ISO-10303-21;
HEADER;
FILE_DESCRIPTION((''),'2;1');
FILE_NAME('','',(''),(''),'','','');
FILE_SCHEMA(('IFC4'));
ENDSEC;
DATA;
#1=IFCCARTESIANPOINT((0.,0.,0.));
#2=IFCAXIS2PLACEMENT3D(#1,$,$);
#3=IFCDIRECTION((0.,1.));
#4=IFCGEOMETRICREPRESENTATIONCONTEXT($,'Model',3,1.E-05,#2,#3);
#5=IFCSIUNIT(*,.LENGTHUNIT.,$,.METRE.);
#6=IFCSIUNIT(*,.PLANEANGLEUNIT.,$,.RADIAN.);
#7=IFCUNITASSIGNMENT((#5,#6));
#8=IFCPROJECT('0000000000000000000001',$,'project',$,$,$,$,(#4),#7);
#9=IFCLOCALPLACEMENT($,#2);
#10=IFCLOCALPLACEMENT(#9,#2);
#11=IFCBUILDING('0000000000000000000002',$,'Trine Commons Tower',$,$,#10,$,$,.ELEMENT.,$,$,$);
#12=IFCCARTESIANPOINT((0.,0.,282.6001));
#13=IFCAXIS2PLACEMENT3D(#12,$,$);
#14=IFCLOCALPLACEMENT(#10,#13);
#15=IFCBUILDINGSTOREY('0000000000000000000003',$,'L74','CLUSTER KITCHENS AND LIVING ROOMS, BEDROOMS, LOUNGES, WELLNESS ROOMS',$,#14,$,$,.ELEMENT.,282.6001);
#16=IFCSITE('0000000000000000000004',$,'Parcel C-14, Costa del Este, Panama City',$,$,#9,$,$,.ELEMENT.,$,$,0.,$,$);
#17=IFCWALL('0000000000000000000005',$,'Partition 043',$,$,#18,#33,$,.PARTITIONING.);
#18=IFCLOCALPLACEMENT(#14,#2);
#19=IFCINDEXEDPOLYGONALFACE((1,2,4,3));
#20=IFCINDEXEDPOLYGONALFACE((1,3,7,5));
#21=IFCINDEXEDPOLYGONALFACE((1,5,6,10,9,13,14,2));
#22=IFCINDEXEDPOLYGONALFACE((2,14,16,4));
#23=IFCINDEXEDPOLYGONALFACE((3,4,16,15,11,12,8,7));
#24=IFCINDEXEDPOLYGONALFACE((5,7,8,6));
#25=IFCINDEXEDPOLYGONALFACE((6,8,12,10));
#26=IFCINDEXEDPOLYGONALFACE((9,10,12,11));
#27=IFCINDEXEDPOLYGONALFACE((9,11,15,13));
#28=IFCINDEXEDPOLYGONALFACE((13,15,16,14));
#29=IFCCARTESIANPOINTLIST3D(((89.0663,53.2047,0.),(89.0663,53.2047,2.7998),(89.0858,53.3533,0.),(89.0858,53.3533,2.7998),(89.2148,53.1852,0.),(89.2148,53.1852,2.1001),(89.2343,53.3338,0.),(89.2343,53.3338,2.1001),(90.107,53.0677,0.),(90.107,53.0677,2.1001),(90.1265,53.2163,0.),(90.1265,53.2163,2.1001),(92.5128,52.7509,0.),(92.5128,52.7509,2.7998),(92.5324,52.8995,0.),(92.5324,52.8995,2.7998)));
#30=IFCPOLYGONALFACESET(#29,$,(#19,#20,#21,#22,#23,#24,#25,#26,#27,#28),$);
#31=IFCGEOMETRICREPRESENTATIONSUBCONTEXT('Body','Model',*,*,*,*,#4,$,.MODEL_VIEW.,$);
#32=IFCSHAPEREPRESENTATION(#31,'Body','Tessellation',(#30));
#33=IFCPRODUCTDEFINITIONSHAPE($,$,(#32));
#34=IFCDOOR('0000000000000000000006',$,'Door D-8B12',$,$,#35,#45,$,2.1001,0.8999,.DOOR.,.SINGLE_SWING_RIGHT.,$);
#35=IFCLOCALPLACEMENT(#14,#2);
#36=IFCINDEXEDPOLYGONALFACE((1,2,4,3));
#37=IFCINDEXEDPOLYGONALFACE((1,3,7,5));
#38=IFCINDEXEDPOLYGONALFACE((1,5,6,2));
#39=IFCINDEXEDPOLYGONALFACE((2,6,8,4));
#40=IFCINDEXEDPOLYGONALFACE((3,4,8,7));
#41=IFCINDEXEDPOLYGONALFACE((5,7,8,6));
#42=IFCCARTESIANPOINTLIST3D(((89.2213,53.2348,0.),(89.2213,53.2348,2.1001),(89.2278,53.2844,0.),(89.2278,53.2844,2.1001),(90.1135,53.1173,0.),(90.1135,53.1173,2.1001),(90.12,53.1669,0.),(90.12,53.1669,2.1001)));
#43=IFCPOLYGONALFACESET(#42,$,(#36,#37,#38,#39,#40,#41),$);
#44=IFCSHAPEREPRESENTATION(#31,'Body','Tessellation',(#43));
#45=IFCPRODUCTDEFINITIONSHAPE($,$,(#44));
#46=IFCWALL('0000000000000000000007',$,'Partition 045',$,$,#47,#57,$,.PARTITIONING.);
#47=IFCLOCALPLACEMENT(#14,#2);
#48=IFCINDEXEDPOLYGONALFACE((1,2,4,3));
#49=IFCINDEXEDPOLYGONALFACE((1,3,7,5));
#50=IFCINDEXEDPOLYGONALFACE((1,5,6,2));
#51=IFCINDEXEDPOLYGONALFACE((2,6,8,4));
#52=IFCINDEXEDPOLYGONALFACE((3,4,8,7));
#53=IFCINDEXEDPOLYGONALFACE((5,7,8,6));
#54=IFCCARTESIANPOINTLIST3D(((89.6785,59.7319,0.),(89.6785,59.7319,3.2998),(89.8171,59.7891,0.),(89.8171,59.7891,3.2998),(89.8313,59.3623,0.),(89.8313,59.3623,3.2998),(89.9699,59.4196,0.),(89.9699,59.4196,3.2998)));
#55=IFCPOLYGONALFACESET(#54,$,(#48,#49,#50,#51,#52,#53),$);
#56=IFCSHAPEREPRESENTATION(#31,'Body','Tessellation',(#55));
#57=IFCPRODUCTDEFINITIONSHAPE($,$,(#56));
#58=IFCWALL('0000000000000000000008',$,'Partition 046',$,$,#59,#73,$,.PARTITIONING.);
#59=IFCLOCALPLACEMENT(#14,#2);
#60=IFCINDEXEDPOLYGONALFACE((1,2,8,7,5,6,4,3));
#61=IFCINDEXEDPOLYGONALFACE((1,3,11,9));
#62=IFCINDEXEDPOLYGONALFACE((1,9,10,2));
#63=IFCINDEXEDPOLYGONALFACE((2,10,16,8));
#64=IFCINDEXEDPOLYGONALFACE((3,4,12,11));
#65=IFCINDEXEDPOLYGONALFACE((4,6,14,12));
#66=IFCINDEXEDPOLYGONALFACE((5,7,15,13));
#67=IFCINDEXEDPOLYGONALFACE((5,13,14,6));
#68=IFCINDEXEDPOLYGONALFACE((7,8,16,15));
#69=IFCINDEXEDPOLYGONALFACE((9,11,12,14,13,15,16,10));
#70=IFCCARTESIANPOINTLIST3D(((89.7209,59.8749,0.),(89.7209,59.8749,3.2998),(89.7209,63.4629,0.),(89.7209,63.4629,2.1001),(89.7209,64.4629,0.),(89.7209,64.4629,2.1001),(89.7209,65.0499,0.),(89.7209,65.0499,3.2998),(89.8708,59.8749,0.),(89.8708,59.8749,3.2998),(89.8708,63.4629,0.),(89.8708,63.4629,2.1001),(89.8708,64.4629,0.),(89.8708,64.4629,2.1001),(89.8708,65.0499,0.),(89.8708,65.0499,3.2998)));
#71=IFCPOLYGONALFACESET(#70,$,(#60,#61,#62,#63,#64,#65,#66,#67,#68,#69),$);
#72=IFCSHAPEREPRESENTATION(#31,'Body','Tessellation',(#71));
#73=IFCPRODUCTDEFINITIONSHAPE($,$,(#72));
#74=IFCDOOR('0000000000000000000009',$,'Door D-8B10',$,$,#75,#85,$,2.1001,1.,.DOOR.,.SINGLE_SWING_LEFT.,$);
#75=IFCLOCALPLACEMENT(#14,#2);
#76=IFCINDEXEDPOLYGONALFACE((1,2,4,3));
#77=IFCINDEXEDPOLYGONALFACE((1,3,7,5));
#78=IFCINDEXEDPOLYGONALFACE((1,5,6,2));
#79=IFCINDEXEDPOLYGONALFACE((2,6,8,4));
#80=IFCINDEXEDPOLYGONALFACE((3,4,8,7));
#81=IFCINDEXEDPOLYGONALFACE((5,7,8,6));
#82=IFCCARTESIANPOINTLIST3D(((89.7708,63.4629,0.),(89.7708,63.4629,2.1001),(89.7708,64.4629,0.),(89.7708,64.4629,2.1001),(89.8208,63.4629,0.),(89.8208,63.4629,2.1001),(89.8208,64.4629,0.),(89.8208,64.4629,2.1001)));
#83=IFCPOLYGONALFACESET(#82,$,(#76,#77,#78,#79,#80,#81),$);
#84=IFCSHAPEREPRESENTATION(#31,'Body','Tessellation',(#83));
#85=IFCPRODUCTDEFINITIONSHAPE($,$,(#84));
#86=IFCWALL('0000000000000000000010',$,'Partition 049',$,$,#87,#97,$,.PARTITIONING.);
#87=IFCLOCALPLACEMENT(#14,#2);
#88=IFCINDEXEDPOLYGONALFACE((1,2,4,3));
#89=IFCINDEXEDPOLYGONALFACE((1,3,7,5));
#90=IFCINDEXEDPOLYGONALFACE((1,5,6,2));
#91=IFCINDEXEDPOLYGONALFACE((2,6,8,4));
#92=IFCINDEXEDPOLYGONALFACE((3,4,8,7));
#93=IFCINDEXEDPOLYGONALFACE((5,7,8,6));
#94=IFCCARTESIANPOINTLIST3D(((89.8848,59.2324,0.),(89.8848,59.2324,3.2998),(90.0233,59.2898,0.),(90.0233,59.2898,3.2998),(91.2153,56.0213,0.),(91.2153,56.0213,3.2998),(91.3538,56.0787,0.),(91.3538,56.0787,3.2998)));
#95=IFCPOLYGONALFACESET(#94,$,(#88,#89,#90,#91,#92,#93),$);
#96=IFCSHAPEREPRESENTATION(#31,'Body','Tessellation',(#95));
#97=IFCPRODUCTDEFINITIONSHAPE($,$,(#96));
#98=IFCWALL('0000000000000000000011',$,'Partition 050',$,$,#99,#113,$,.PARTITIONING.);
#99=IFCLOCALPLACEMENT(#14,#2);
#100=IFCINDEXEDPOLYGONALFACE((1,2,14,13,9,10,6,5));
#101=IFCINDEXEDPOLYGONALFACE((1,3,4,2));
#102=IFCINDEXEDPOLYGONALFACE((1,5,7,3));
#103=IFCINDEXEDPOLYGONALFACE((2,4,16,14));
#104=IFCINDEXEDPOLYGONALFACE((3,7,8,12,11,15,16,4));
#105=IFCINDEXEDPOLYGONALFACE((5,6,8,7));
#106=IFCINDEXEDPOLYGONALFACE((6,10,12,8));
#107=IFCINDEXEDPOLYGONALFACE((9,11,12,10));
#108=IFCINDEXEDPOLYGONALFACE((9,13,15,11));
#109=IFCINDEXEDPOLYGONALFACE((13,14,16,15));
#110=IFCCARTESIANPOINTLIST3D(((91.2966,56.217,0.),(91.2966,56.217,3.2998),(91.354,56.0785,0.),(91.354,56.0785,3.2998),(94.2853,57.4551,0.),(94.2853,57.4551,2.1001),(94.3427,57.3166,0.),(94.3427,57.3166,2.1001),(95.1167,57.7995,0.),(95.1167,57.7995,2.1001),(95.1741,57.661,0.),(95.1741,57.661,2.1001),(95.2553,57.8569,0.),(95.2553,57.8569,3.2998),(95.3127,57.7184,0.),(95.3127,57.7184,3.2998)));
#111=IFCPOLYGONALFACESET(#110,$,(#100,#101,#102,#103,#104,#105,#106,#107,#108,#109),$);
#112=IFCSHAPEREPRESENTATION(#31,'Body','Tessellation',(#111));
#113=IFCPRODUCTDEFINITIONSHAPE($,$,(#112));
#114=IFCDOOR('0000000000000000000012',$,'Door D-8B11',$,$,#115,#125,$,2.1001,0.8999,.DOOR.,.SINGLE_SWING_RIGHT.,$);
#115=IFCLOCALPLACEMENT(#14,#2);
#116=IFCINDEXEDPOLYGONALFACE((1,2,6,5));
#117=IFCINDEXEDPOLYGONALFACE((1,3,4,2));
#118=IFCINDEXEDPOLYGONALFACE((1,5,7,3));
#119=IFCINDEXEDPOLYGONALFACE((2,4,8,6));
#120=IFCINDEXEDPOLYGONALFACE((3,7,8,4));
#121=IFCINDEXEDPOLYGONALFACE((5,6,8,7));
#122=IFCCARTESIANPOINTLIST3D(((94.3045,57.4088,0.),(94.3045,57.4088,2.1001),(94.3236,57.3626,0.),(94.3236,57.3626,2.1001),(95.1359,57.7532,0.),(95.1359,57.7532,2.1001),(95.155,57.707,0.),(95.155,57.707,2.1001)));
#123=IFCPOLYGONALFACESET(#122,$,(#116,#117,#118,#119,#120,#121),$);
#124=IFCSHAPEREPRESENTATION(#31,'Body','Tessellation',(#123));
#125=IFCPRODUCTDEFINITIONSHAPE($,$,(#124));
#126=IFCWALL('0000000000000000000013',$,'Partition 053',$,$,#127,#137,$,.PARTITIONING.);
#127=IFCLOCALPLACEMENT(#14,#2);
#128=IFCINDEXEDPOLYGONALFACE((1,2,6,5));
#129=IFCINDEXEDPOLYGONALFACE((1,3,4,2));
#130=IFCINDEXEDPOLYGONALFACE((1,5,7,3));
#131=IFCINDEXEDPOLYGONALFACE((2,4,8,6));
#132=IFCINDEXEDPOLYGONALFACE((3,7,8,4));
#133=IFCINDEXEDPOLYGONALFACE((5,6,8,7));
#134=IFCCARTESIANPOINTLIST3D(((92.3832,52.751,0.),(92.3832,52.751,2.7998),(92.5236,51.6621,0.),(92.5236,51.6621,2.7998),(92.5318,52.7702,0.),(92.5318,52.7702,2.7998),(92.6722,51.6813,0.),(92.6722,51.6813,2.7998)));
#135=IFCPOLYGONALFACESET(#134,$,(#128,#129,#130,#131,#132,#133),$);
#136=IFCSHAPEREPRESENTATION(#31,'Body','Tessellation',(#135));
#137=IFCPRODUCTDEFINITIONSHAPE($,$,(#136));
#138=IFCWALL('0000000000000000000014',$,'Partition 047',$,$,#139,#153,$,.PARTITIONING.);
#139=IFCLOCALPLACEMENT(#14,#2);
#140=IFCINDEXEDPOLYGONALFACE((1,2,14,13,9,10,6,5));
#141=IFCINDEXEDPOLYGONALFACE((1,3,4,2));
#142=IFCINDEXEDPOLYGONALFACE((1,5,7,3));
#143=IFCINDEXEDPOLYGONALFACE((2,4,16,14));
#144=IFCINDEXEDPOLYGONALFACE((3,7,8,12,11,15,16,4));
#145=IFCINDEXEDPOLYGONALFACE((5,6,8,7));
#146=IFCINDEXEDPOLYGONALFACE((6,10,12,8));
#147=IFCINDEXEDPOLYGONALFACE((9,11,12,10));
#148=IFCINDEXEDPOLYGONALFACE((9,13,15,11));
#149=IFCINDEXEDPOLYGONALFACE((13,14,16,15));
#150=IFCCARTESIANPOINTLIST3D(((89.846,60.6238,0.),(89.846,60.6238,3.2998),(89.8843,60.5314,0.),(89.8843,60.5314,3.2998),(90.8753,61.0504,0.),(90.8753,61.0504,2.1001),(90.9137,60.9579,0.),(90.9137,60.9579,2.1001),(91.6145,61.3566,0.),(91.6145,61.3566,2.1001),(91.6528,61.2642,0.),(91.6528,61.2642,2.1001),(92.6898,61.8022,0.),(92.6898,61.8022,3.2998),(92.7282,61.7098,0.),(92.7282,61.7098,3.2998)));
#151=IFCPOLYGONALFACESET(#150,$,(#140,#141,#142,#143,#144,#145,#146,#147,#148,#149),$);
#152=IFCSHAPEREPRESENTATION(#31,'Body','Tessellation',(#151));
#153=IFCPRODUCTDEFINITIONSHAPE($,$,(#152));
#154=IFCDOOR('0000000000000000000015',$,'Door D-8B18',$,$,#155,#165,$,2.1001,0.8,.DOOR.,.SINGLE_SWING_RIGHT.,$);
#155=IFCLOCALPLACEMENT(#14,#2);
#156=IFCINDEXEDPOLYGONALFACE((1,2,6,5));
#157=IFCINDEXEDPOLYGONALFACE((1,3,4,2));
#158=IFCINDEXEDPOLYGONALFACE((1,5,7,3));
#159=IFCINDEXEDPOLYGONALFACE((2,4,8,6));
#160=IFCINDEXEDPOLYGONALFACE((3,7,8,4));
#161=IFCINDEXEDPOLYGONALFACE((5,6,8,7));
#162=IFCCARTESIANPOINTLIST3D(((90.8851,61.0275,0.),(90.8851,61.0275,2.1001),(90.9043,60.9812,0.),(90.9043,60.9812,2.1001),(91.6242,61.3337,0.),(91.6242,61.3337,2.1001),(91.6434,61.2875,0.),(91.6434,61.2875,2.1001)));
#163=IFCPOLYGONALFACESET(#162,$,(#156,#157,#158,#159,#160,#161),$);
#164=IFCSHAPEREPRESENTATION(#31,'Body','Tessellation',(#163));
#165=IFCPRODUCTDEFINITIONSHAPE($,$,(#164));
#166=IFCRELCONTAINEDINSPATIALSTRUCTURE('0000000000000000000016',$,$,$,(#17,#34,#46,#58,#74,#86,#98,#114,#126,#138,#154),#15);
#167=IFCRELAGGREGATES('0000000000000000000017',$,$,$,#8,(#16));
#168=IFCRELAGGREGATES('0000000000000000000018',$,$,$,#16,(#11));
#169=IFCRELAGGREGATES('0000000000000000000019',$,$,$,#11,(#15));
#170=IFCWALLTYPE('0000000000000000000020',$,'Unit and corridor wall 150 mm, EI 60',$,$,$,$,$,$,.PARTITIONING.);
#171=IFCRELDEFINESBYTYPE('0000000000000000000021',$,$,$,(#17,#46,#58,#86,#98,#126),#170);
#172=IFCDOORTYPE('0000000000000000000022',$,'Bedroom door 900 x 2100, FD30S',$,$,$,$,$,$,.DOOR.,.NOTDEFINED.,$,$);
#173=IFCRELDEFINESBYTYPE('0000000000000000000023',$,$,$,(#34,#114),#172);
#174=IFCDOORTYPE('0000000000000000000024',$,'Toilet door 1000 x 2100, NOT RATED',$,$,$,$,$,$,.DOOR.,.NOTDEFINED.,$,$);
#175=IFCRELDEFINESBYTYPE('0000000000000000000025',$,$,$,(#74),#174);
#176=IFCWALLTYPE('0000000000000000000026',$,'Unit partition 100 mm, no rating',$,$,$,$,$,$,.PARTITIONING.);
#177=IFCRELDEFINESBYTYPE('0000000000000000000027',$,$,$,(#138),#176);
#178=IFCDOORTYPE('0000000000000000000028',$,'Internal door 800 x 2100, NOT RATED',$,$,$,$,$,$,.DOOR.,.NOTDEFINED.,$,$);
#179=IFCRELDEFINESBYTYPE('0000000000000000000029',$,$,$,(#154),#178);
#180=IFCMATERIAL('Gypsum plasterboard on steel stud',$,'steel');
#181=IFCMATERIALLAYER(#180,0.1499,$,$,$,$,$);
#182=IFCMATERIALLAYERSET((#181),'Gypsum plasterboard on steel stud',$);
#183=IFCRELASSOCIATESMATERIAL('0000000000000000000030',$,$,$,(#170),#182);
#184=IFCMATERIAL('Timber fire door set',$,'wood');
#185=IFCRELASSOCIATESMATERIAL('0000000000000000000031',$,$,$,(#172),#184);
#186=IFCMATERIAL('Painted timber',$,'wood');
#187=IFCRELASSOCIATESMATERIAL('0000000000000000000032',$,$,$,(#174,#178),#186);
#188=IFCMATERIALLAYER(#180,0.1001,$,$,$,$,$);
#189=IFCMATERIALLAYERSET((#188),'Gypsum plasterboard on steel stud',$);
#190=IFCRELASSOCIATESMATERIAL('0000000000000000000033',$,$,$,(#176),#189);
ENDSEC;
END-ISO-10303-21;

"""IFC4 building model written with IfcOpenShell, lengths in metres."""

from ifc_helpers import new_model, si_unit, direction, frame, frame_2d, origin, place, context, subcontext, project, spatial, rectangle, extrude, material, layer, layer_set, type_object, element, fill, save


model = new_model("IFC4")

# Units and contexts
model_context = context("Model", 3, precision=1e-05, world=origin(), true_north=direction((0.0, 1.0)))
body_context = subcontext(model_context, "Body", "Model", "MODEL_VIEW")
ifc_project = project(units=[si_unit("LENGTHUNIT", "METRE"), si_unit("PLANEANGLEUNIT", "RADIAN")], contexts=[model_context])

# Site, building, storey
site_placement = place(None, origin())
site = spatial("IfcSite", under=ifc_project, at=site_placement, Name="Parcel C-14, Costa del Este, Panama City", CompositionType="ELEMENT", RefElevation=0.0)
building_placement = place(site_placement, origin())
building = spatial("IfcBuilding", under=site, at=building_placement, Name="Trine Commons Tower", CompositionType="ELEMENT")
storey_placement = place(building_placement, frame((0.0, 0.0, 282.6001)))
storey = spatial("IfcBuildingStorey", under=building, at=storey_placement, Name="L74", Description="CLUSTER KITCHENS AND LIVING ROOMS, BEDROOMS, LOUNGES, WELLNESS ROOMS", CompositionType="ELEMENT", Elevation=282.6001)

# Wall, opening, door
ifc_material_1 = material(Name="Gypsum plasterboard on steel stud", Category="steel")
ifc_layer_1 = layer(ifc_material_1, 0.1499)
ifc_layer_set_1 = layer_set([ifc_layer_1], Name="Gypsum plasterboard on steel stud")
wall_type_1 = type_object("IfcWallType", Name="Unit and corridor wall 150 mm, EI 60", PredefinedType="PARTITIONING", material=ifc_layer_set_1)
wall_1_placement = place(storey_placement, frame((89.0759, 53.2791, 0.0), z_axis=(0.0, 0.0, 1.0), x_axis=(0.991441, -0.130558, 0.0)))
wall_1 = element("IfcWall", 1, at=wall_1_placement, inside=storey, type_object=wall_type_1, Name="Partition 043", PredefinedType="PARTITIONING", context=body_context, shape_type="SweptSolid", body=[
    extrude(rectangle(XDim=3.4763, YDim=0.1499, at=frame_2d((1.7383, 0.0))), origin(), (0.0, 0.0, 1.0), 2.7998),
])
opening_1_placement = place(wall_1_placement, frame((0.1499, 0.0, 0.0)))
opening_1 = element("IfcOpeningElement", 2, at=opening_1_placement, cuts=wall_1, PredefinedType="OPENING", context=body_context, shape_type="SweptSolid", body=[
    extrude(rectangle(XDim=0.8999, YDim=2.1001, at=frame_2d((0.45, 1.05))), frame((0.0, 0.085, 0.0), z_axis=(0.0, -1.0, 0.0), x_axis=(1.0, 0.0, 0.0)), (0.0, 0.0, 1.0), 0.1699),
])
ifc_material_2 = material(Name="Timber fire door set", Category="wood")
door_type_1 = type_object("IfcDoorType", Name="Bedroom door 900 x 2100, FD30S", OperationType="NOTDEFINED", PredefinedType="DOOR", material=ifc_material_2)
door_1_placement = place(opening_1_placement, frame((0.8999, 0.0, 0.0), z_axis=(0.0, 0.0, 1.0), x_axis=(-1.0, 0.0, 0.0)))
door_1 = element("IfcDoor", 3, at=door_1_placement, inside=storey, type_object=door_type_1, Name="Door D-8B12", OperationType="SINGLE_SWING_RIGHT", OverallHeight=2.1001, OverallWidth=0.8999, PredefinedType="DOOR", context=body_context, shape_type="SweptSolid", body=[
    extrude(rectangle(XDim=0.8999, YDim=2.1001, at=frame_2d((0.45, 1.05))), frame((0.0, 0.0249, 0.0), z_axis=(0.0, -1.0, 0.0), x_axis=(1.0, 0.0, 0.0)), (0.0, 0.0, 1.0), 0.05),
])
fill(opening_1, door_1)

# Wall
wall_2_placement = place(storey_placement, frame((89.7478, 59.7605, 0.0), z_axis=(0.0, 0.0, 1.0), x_axis=(0.3821, -0.924121, 0.0)))
element("IfcWall", 4, at=wall_2_placement, inside=storey, type_object=wall_type_1, Name="Partition 045", PredefinedType="PARTITIONING", context=body_context, shape_type="SweptSolid", body=[
    extrude(rectangle(XDim=0.3999, YDim=0.1499, at=frame_2d((0.2, 0.0))), origin(), (0.0, 0.0, 1.0), 3.2998),
])

# Wall, opening, door
wall_3_placement = place(storey_placement, frame((89.7959, 59.875, 0.0), z_axis=(0.0, 0.0, 1.0), x_axis=(0.0, 1.0, 0.0)))
wall_3 = element("IfcWall", 5, at=wall_3_placement, inside=storey, type_object=wall_type_1, Name="Partition 046", PredefinedType="PARTITIONING", context=body_context, shape_type="SweptSolid", body=[
    extrude(rectangle(XDim=5.175, YDim=0.1499, at=frame_2d((2.5874, 0.0))), origin(), (0.0, 0.0, 1.0), 3.2998),
])
opening_2_placement = place(wall_3_placement, frame((3.5879, 0.0, 0.0)))
opening_2 = element("IfcOpeningElement", 6, at=opening_2_placement, cuts=wall_3, PredefinedType="OPENING", context=body_context, shape_type="SweptSolid", body=[
    extrude(rectangle(XDim=1.0, YDim=2.1001, at=frame_2d((0.5, 1.05))), frame((0.0, 0.085, 0.0), z_axis=(0.0, -1.0, 0.0), x_axis=(1.0, 0.0, 0.0)), (0.0, 0.0, 1.0), 0.1699),
])
ifc_material_3 = material(Name="Painted timber", Category="wood")
door_type_2 = type_object("IfcDoorType", Name="Toilet door 1000 x 2100, NOT RATED", OperationType="NOTDEFINED", PredefinedType="DOOR", material=ifc_material_3)
door_2_placement = place(opening_2_placement, frame((1.0, 0.0, 0.0), z_axis=(0.0, 0.0, 1.0), x_axis=(-1.0, 0.0, 0.0)))
door_2 = element("IfcDoor", 7, at=door_2_placement, inside=storey, type_object=door_type_2, Name="Door D-8B10", OperationType="SINGLE_SWING_LEFT", OverallHeight=2.1001, OverallWidth=1.0, PredefinedType="DOOR", context=body_context, shape_type="SweptSolid", body=[
    extrude(rectangle(XDim=1.0, YDim=2.1001, at=frame_2d((0.5, 1.05))), frame((0.0, 0.0249, 0.0), z_axis=(0.0, -1.0, 0.0), x_axis=(1.0, 0.0, 0.0)), (0.0, 0.0, 1.0), 0.05),
])
fill(opening_2, door_2)

# Wall
wall_4_placement = place(storey_placement, frame((89.9541, 59.261, 0.0), z_axis=(0.0, 0.0, 1.0), x_axis=(0.382794, -0.923834, 0.0)))
element("IfcWall", 8, at=wall_4_placement, inside=storey, type_object=wall_type_1, Name="Partition 049", PredefinedType="PARTITIONING", context=body_context, shape_type="SweptSolid", body=[
    extrude(rectangle(XDim=3.4758, YDim=0.1499, at=frame_2d((1.7378, 0.0))), origin(), (0.0, 0.0, 1.0), 3.2998),
])

# Wall, opening, door
wall_5_placement = place(storey_placement, frame((91.3252, 56.1477, 0.0), z_axis=(0.0, 0.0, 1.0), x_axis=(0.923869, 0.382709, 0.0)))
wall_5 = element("IfcWall", 9, at=wall_5_placement, inside=storey, type_object=wall_type_1, Name="Partition 050", PredefinedType="PARTITIONING", context=body_context, shape_type="SweptSolid", body=[
    extrude(rectangle(XDim=4.2849, YDim=0.1499, at=frame_2d((2.1426, 0.0))), origin(), (0.0, 0.0, 1.0), 3.2998),
])
opening_3_placement = place(wall_5_placement, frame((3.2351, 0.0, 0.0)))
opening_3 = element("IfcOpeningElement", 10, at=opening_3_placement, cuts=wall_5, PredefinedType="OPENING", context=body_context, shape_type="SweptSolid", body=[
    extrude(rectangle(XDim=0.8999, YDim=2.1001, at=frame_2d((0.45, 1.05))), frame((0.0, 0.085, 0.0), z_axis=(0.0, -1.0, 0.0), x_axis=(1.0, 0.0, 0.0)), (0.0, 0.0, 1.0), 0.1699),
])
door_3_placement = place(opening_3_placement, origin())
door_3 = element("IfcDoor", 11, at=door_3_placement, inside=storey, type_object=door_type_1, Name="Door D-8B11", OperationType="SINGLE_SWING_RIGHT", OverallHeight=2.1001, OverallWidth=0.8999, PredefinedType="DOOR", context=body_context, shape_type="SweptSolid", body=[
    extrude(rectangle(XDim=0.8999, YDim=2.1001, at=frame_2d((0.45, 1.05))), frame((0.0, 0.0249, 0.0), z_axis=(0.0, -1.0, 0.0), x_axis=(1.0, 0.0, 0.0)), (0.0, 0.0, 1.0), 0.05),
])
fill(opening_3, door_3)

# Wall
wall_6_placement = place(storey_placement, frame((92.4575, 52.7605, 0.0), z_axis=(0.0, 0.0, 1.0), x_axis=(0.127865, -0.991792, 0.0)))
element("IfcWall", 12, at=wall_6_placement, inside=storey, type_object=wall_type_1, Name="Partition 053", PredefinedType="PARTITIONING", context=body_context, shape_type="SweptSolid", body=[
    extrude(rectangle(XDim=1.0979, YDim=0.1499, at=frame_2d((0.5488, 0.0))), origin(), (0.0, 0.0, 1.0), 2.7998),
])

# Wall, opening, door
ifc_layer_2 = layer(ifc_material_1, 0.1001)
ifc_layer_set_2 = layer_set([ifc_layer_2], Name="Gypsum plasterboard on steel stud")
wall_type_2 = type_object("IfcWallType", Name="Unit partition 100 mm, no rating", PredefinedType="PARTITIONING", material=ifc_layer_set_2)
wall_7_placement = place(storey_placement, frame((89.8652, 60.5776, 0.0), z_axis=(0.0, 0.0, 1.0), x_axis=(0.923828, 0.382807, 0.0)))
wall_7 = element("IfcWall", 13, at=wall_7_placement, inside=storey, type_object=wall_type_2, Name="Partition 047", PredefinedType="PARTITIONING", context=body_context, shape_type="SweptSolid", body=[
    extrude(rectangle(XDim=3.0784, YDim=0.1001, at=frame_2d((1.5391, 0.0))), origin(), (0.0, 0.0, 1.0), 3.2998),
])
opening_4_placement = place(wall_7_placement, frame((1.1143, 0.0, 0.0)))
opening_4 = element("IfcOpeningElement", 14, at=opening_4_placement, cuts=wall_7, PredefinedType="OPENING", context=body_context, shape_type="SweptSolid", body=[
    extrude(rectangle(XDim=0.8, YDim=2.1001, at=frame_2d((0.3999, 1.05))), frame((0.0, 0.0601, 0.0), z_axis=(0.0, -1.0, 0.0), x_axis=(1.0, 0.0, 0.0)), (0.0, 0.0, 1.0), 0.1201),
])
door_type_3 = type_object("IfcDoorType", Name="Internal door 800 x 2100, NOT RATED", OperationType="NOTDEFINED", PredefinedType="DOOR", material=ifc_material_3)
door_4_placement = place(opening_4_placement, frame((0.8, 0.0, 0.0), z_axis=(0.0, 0.0, 1.0), x_axis=(-1.0, 0.0, 0.0)))
door_4 = element("IfcDoor", 15, at=door_4_placement, inside=storey, type_object=door_type_3, Name="Door D-8B18", OperationType="SINGLE_SWING_RIGHT", OverallHeight=2.1001, OverallWidth=0.8, PredefinedType="DOOR", context=body_context, shape_type="SweptSolid", body=[
    extrude(rectangle(XDim=0.8, YDim=2.1001, at=frame_2d((0.3999, 1.05))), frame((0.0, 0.0249, 0.0), z_axis=(0.0, -1.0, 0.0), x_axis=(1.0, 0.0, 0.0)), (0.0, 0.0, 1.0), 0.05),
])
fill(opening_4, door_4)

save(model, "model.ifc")
